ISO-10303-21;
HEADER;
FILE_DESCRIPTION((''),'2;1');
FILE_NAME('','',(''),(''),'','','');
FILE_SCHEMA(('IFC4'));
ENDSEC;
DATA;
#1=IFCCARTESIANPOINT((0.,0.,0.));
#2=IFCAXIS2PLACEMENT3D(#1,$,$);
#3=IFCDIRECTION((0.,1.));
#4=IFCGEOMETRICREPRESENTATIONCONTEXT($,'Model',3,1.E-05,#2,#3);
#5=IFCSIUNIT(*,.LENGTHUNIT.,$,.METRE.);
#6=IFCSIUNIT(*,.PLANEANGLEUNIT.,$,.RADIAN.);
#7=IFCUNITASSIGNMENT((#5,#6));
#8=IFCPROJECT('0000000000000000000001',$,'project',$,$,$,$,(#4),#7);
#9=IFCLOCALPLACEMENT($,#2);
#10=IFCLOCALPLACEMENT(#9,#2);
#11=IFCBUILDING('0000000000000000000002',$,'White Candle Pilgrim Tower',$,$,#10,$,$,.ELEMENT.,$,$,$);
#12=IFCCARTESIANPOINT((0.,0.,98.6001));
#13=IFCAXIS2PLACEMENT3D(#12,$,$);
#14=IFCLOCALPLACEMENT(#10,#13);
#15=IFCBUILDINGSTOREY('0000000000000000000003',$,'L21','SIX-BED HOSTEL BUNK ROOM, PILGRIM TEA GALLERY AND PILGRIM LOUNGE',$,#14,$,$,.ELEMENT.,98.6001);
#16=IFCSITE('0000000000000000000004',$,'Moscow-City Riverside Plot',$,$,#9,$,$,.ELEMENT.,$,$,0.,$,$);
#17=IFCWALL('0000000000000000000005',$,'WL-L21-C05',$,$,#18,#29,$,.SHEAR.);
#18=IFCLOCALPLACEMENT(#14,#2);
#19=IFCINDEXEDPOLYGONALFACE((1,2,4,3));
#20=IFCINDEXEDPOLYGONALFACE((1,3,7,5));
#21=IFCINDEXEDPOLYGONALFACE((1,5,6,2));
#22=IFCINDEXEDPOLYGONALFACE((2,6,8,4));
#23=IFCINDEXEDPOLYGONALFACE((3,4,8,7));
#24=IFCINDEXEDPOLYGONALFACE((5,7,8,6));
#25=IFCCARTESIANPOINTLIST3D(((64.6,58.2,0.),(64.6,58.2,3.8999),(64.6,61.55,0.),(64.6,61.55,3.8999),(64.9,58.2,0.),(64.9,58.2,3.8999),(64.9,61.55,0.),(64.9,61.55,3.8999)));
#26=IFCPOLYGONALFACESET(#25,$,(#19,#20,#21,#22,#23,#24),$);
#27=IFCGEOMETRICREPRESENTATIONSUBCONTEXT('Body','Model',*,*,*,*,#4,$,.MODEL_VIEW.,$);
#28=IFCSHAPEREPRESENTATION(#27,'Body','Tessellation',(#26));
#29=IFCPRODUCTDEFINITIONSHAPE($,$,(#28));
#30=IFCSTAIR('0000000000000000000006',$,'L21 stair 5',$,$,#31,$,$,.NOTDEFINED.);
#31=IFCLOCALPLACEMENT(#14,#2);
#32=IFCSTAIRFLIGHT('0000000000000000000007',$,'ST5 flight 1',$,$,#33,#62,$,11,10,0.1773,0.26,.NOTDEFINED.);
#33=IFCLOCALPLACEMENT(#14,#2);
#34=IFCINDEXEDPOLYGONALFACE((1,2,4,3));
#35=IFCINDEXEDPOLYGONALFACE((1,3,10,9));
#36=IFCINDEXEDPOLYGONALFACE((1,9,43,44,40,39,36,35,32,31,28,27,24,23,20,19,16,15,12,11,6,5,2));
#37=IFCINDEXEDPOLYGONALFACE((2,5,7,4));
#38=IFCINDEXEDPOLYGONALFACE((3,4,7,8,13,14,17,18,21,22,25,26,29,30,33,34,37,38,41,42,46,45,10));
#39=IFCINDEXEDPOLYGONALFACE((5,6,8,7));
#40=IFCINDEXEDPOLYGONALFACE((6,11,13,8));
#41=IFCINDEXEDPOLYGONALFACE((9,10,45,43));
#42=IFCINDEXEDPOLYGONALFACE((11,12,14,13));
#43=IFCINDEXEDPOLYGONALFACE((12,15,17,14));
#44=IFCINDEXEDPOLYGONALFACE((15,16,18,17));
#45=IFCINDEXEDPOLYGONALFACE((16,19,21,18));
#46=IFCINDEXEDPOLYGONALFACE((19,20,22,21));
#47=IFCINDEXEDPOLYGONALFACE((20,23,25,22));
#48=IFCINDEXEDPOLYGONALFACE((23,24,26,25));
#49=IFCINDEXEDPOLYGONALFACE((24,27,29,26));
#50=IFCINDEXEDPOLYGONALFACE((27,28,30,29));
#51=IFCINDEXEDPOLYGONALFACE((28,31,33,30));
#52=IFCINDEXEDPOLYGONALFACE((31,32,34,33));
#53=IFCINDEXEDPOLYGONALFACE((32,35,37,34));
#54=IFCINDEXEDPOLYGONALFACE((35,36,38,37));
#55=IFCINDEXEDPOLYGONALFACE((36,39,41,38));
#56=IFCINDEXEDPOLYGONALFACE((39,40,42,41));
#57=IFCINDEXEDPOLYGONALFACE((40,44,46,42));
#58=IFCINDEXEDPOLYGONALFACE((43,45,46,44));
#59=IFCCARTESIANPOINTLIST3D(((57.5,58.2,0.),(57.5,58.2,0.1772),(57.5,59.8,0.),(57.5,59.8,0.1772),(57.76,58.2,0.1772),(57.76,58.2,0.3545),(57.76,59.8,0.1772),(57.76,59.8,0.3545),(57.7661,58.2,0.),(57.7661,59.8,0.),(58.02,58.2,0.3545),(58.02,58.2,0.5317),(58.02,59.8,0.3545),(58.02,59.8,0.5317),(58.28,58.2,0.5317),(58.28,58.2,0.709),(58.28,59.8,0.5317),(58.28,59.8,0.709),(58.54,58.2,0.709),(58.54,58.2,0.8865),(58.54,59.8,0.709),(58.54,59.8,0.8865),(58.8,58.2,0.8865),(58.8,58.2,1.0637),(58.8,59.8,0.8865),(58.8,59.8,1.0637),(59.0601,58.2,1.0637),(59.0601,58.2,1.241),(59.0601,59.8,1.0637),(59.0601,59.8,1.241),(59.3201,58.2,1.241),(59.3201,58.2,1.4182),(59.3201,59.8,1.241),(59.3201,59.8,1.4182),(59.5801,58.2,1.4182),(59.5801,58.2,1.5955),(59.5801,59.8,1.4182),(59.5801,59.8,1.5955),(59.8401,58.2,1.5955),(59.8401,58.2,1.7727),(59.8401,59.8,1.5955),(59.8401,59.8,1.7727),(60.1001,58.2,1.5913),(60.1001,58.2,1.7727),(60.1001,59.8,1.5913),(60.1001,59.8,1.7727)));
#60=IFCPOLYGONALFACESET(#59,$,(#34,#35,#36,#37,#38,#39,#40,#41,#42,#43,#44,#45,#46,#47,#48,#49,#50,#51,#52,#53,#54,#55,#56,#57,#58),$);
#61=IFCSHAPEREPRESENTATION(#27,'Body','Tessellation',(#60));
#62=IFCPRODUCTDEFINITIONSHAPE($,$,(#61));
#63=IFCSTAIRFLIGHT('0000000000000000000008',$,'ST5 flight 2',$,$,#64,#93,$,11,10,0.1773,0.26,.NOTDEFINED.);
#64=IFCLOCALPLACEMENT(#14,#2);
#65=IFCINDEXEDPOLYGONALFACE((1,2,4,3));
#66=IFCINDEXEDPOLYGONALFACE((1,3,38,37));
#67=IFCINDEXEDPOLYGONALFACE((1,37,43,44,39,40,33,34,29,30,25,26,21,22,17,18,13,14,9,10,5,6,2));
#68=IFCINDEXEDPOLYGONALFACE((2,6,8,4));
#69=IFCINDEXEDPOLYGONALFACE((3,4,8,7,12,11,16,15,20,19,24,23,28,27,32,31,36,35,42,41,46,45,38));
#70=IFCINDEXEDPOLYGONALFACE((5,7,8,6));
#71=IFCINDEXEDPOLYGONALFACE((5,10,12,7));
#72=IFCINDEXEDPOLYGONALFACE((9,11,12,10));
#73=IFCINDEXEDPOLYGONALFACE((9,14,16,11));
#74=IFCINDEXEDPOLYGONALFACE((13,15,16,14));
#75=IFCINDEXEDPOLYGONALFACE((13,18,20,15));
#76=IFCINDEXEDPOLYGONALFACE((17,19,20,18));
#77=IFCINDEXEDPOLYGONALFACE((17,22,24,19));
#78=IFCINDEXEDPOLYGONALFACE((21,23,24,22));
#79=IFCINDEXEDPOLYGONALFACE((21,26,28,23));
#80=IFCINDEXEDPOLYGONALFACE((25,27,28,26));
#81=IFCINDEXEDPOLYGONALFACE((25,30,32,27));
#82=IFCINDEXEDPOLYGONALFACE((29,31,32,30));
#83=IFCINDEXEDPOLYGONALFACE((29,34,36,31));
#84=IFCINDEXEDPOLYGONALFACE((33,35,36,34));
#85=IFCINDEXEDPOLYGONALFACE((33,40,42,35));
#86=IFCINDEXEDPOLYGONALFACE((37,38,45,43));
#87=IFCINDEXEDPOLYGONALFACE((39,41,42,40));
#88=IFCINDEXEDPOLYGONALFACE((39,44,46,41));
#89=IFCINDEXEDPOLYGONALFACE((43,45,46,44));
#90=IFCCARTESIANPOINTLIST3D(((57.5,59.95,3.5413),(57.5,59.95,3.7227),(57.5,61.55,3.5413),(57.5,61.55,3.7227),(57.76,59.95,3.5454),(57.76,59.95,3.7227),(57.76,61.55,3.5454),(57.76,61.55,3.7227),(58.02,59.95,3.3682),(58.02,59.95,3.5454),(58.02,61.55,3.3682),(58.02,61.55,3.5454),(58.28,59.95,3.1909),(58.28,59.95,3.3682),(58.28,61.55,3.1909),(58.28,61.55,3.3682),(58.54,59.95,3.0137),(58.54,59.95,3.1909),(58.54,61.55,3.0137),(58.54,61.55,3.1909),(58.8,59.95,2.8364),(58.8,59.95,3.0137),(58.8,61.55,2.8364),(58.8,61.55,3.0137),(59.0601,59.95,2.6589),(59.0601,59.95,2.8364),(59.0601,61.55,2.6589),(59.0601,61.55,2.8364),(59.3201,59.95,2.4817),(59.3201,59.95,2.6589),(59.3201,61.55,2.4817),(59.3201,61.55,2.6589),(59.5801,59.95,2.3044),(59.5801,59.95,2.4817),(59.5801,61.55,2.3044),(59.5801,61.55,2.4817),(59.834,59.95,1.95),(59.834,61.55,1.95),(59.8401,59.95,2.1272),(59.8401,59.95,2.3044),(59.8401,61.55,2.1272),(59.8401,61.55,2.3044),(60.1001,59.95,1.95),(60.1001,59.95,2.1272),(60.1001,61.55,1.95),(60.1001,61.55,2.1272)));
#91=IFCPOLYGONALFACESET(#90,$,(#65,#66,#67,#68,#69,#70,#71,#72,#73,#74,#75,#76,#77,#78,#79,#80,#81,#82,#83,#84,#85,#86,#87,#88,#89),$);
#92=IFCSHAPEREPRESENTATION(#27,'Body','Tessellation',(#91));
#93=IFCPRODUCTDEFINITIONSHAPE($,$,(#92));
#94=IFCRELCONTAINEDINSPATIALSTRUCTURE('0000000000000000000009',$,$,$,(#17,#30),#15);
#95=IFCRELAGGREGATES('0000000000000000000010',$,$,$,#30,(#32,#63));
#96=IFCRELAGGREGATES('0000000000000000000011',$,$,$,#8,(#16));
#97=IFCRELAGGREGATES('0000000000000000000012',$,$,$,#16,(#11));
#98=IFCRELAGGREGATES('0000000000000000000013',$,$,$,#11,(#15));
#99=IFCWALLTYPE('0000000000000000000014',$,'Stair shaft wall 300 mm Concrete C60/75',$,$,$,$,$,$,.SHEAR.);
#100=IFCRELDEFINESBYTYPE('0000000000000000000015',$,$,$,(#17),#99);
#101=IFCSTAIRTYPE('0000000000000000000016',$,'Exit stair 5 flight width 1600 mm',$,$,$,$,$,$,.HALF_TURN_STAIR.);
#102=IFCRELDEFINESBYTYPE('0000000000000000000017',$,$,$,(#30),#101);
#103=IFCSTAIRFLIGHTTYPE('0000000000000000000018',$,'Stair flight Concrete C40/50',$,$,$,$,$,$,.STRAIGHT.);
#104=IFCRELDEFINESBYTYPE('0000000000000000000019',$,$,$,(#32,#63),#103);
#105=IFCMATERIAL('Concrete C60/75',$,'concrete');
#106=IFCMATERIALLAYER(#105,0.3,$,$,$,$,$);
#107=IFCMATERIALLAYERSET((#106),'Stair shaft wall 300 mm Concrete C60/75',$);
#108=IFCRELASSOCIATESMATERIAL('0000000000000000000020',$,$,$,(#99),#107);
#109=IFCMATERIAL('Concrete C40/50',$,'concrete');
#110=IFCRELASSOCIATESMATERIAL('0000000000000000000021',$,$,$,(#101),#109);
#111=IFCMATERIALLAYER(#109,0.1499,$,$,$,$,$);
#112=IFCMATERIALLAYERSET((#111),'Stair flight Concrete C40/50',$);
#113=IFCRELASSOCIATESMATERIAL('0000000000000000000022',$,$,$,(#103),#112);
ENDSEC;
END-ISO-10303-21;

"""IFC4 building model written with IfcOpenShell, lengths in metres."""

from ifc_helpers import new_model, si_unit, direction, frame, frame_2d, origin, place, context, subcontext, project, spatial, polyline, rectangle, outline, extrude, material, layer, layer_set, type_object, element, aggregate, save


model = new_model("IFC4")

# Units and contexts
model_context = context("Model", 3, precision=1e-05, world=origin(), true_north=direction((0.0, 1.0)))
body_context = subcontext(model_context, "Body", "Model", "MODEL_VIEW")
ifc_project = project(units=[si_unit("LENGTHUNIT", "METRE"), si_unit("PLANEANGLEUNIT", "RADIAN")], contexts=[model_context])

# Site, building, storey
site_placement = place(None, origin())
site = spatial("IfcSite", under=ifc_project, at=site_placement, Name="Moscow-City Riverside Plot", CompositionType="ELEMENT", RefElevation=0.0)
building_placement = place(site_placement, origin())
building = spatial("IfcBuilding", under=site, at=building_placement, Name="White Candle Pilgrim Tower", CompositionType="ELEMENT")
storey_placement = place(building_placement, frame((0.0, 0.0, 98.6001)))
storey = spatial("IfcBuildingStorey", under=building, at=storey_placement, Name="L21", Description="SIX-BED HOSTEL BUNK ROOM, PILGRIM TEA GALLERY AND PILGRIM LOUNGE", CompositionType="ELEMENT", Elevation=98.6001)

# Shared definitions
ifc_material_1 = material(Name="Concrete C60/75", Category="concrete")

# Shared definitions
ifc_layer_1 = layer(ifc_material_1, 0.3)
ifc_layer_set_1 = layer_set([ifc_layer_1], Name="Stair shaft wall 300 mm Concrete C60/75")
wall_type_1 = type_object("IfcWallType", Name="Stair shaft wall 300 mm Concrete C60/75", PredefinedType="SHEAR", material=ifc_layer_set_1)

# Wall
wall_1_placement = place(storey_placement, frame((64.75, 58.2, 0.0), z_axis=(0.0, 0.0, 1.0), x_axis=(0.0, 1.0, 0.0)))
element("IfcWall", 1, at=wall_1_placement, inside=storey, type_object=wall_type_1, Name="WL-L21-C05", PredefinedType="SHEAR", context=body_context, shape_type="SweptSolid", body=[
    extrude(rectangle(XDim=3.3501, YDim=0.3, at=frame_2d((1.675, 0.0))), origin(), (0.0, 0.0, 1.0), 3.8999),
])

# Stair, stair flights
ifc_material_2 = material(Name="Concrete C40/50", Category="concrete")
stair_type = type_object("IfcStairType", Name="Exit stair 5 flight width 1600 mm", PredefinedType="HALF_TURN_STAIR", material=ifc_material_2)
stair_placement = place(storey_placement, origin())
stair = element("IfcStair", 2, at=stair_placement, inside=storey, type_object=stair_type, Name="L21 stair 5", PredefinedType="NOTDEFINED")
ifc_layer_2 = layer(ifc_material_2, 0.1499)
ifc_layer_set_2 = layer_set([ifc_layer_2], Name="Stair flight Concrete C40/50")
stair_flight_type = type_object("IfcStairFlightType", Name="Stair flight Concrete C40/50", PredefinedType="STRAIGHT", material=ifc_layer_set_2)
stair_flight_1_placement = place(storey_placement, frame((57.5, 59.0, 0.0), z_axis=(0.0, 0.0, 1.0), x_axis=(1.0, 0.0, 0.0)))
stair_flight_1 = element("IfcStairFlight", 3, at=stair_flight_1_placement, type_object=stair_flight_type, Name="ST5 flight 1", NumberOfRisers=11, NumberOfTreads=10, PredefinedType="NOTDEFINED", RiserHeight=0.1773, TreadLength=0.26, context=body_context, shape_type="SweptSolid", body=[
    extrude(outline(polyline([(0.0, 0.0), (0.0, 0.1772), (0.26, 0.1772), (0.26, 0.3545), (0.52, 0.3545), (0.52, 0.5317), (0.78, 0.5317), (0.78, 0.709), (1.04, 0.709), (1.04, 0.8865), (1.3, 0.8865), (1.3, 1.0637), (1.5601, 1.0637), (1.5601, 1.241), (1.8201, 1.241), (1.8201, 1.4182), (2.0801, 1.4182), (2.0801, 1.5955), (2.3401, 1.5955), (2.3401, 1.7727), (2.6001, 1.7727), (2.6001, 1.95), (2.6001, 1.5913), (0.2661, 0.0), (0.0, 0.0)])), frame((0.0, 0.8, 0.0), z_axis=(0.0, -1.0, 0.0), x_axis=(1.0, 0.0, 0.0)), (0.0, 0.0, 1.0), 1.6001),
])
stair_flight_2_placement = place(storey_placement, frame((60.1001, 60.75, 1.95), z_axis=(0.0, 0.0, 1.0), x_axis=(-1.0, 0.0, 0.0)))
stair_flight_2 = element("IfcStairFlight", 4, at=stair_flight_2_placement, type_object=stair_flight_type, Name="ST5 flight 2", NumberOfRisers=11, NumberOfTreads=10, PredefinedType="NOTDEFINED", RiserHeight=0.1773, TreadLength=0.26, context=body_context, shape_type="SweptSolid", body=[
    extrude(outline(polyline([(0.0, 0.0), (0.0, 0.1772), (0.26, 0.1772), (0.26, 0.3545), (0.52, 0.3545), (0.52, 0.5317), (0.78, 0.5317), (0.78, 0.709), (1.04, 0.709), (1.04, 0.8865), (1.3, 0.8865), (1.3, 1.0637), (1.5601, 1.0637), (1.5601, 1.241), (1.8201, 1.241), (1.8201, 1.4182), (2.0801, 1.4182), (2.0801, 1.5955), (2.3401, 1.5955), (2.3401, 1.7727), (2.6001, 1.7727), (2.6001, 1.95), (2.6001, 1.5913), (0.2661, 0.0), (0.0, 0.0)])), frame((0.0, 0.8, 0.0), z_axis=(0.0, -1.0, 0.0), x_axis=(1.0, 0.0, 0.0)), (0.0, 0.0, 1.0), 1.6001),
])
aggregate(stair, [stair_flight_1, stair_flight_2])

save(model, "model.ifc")
